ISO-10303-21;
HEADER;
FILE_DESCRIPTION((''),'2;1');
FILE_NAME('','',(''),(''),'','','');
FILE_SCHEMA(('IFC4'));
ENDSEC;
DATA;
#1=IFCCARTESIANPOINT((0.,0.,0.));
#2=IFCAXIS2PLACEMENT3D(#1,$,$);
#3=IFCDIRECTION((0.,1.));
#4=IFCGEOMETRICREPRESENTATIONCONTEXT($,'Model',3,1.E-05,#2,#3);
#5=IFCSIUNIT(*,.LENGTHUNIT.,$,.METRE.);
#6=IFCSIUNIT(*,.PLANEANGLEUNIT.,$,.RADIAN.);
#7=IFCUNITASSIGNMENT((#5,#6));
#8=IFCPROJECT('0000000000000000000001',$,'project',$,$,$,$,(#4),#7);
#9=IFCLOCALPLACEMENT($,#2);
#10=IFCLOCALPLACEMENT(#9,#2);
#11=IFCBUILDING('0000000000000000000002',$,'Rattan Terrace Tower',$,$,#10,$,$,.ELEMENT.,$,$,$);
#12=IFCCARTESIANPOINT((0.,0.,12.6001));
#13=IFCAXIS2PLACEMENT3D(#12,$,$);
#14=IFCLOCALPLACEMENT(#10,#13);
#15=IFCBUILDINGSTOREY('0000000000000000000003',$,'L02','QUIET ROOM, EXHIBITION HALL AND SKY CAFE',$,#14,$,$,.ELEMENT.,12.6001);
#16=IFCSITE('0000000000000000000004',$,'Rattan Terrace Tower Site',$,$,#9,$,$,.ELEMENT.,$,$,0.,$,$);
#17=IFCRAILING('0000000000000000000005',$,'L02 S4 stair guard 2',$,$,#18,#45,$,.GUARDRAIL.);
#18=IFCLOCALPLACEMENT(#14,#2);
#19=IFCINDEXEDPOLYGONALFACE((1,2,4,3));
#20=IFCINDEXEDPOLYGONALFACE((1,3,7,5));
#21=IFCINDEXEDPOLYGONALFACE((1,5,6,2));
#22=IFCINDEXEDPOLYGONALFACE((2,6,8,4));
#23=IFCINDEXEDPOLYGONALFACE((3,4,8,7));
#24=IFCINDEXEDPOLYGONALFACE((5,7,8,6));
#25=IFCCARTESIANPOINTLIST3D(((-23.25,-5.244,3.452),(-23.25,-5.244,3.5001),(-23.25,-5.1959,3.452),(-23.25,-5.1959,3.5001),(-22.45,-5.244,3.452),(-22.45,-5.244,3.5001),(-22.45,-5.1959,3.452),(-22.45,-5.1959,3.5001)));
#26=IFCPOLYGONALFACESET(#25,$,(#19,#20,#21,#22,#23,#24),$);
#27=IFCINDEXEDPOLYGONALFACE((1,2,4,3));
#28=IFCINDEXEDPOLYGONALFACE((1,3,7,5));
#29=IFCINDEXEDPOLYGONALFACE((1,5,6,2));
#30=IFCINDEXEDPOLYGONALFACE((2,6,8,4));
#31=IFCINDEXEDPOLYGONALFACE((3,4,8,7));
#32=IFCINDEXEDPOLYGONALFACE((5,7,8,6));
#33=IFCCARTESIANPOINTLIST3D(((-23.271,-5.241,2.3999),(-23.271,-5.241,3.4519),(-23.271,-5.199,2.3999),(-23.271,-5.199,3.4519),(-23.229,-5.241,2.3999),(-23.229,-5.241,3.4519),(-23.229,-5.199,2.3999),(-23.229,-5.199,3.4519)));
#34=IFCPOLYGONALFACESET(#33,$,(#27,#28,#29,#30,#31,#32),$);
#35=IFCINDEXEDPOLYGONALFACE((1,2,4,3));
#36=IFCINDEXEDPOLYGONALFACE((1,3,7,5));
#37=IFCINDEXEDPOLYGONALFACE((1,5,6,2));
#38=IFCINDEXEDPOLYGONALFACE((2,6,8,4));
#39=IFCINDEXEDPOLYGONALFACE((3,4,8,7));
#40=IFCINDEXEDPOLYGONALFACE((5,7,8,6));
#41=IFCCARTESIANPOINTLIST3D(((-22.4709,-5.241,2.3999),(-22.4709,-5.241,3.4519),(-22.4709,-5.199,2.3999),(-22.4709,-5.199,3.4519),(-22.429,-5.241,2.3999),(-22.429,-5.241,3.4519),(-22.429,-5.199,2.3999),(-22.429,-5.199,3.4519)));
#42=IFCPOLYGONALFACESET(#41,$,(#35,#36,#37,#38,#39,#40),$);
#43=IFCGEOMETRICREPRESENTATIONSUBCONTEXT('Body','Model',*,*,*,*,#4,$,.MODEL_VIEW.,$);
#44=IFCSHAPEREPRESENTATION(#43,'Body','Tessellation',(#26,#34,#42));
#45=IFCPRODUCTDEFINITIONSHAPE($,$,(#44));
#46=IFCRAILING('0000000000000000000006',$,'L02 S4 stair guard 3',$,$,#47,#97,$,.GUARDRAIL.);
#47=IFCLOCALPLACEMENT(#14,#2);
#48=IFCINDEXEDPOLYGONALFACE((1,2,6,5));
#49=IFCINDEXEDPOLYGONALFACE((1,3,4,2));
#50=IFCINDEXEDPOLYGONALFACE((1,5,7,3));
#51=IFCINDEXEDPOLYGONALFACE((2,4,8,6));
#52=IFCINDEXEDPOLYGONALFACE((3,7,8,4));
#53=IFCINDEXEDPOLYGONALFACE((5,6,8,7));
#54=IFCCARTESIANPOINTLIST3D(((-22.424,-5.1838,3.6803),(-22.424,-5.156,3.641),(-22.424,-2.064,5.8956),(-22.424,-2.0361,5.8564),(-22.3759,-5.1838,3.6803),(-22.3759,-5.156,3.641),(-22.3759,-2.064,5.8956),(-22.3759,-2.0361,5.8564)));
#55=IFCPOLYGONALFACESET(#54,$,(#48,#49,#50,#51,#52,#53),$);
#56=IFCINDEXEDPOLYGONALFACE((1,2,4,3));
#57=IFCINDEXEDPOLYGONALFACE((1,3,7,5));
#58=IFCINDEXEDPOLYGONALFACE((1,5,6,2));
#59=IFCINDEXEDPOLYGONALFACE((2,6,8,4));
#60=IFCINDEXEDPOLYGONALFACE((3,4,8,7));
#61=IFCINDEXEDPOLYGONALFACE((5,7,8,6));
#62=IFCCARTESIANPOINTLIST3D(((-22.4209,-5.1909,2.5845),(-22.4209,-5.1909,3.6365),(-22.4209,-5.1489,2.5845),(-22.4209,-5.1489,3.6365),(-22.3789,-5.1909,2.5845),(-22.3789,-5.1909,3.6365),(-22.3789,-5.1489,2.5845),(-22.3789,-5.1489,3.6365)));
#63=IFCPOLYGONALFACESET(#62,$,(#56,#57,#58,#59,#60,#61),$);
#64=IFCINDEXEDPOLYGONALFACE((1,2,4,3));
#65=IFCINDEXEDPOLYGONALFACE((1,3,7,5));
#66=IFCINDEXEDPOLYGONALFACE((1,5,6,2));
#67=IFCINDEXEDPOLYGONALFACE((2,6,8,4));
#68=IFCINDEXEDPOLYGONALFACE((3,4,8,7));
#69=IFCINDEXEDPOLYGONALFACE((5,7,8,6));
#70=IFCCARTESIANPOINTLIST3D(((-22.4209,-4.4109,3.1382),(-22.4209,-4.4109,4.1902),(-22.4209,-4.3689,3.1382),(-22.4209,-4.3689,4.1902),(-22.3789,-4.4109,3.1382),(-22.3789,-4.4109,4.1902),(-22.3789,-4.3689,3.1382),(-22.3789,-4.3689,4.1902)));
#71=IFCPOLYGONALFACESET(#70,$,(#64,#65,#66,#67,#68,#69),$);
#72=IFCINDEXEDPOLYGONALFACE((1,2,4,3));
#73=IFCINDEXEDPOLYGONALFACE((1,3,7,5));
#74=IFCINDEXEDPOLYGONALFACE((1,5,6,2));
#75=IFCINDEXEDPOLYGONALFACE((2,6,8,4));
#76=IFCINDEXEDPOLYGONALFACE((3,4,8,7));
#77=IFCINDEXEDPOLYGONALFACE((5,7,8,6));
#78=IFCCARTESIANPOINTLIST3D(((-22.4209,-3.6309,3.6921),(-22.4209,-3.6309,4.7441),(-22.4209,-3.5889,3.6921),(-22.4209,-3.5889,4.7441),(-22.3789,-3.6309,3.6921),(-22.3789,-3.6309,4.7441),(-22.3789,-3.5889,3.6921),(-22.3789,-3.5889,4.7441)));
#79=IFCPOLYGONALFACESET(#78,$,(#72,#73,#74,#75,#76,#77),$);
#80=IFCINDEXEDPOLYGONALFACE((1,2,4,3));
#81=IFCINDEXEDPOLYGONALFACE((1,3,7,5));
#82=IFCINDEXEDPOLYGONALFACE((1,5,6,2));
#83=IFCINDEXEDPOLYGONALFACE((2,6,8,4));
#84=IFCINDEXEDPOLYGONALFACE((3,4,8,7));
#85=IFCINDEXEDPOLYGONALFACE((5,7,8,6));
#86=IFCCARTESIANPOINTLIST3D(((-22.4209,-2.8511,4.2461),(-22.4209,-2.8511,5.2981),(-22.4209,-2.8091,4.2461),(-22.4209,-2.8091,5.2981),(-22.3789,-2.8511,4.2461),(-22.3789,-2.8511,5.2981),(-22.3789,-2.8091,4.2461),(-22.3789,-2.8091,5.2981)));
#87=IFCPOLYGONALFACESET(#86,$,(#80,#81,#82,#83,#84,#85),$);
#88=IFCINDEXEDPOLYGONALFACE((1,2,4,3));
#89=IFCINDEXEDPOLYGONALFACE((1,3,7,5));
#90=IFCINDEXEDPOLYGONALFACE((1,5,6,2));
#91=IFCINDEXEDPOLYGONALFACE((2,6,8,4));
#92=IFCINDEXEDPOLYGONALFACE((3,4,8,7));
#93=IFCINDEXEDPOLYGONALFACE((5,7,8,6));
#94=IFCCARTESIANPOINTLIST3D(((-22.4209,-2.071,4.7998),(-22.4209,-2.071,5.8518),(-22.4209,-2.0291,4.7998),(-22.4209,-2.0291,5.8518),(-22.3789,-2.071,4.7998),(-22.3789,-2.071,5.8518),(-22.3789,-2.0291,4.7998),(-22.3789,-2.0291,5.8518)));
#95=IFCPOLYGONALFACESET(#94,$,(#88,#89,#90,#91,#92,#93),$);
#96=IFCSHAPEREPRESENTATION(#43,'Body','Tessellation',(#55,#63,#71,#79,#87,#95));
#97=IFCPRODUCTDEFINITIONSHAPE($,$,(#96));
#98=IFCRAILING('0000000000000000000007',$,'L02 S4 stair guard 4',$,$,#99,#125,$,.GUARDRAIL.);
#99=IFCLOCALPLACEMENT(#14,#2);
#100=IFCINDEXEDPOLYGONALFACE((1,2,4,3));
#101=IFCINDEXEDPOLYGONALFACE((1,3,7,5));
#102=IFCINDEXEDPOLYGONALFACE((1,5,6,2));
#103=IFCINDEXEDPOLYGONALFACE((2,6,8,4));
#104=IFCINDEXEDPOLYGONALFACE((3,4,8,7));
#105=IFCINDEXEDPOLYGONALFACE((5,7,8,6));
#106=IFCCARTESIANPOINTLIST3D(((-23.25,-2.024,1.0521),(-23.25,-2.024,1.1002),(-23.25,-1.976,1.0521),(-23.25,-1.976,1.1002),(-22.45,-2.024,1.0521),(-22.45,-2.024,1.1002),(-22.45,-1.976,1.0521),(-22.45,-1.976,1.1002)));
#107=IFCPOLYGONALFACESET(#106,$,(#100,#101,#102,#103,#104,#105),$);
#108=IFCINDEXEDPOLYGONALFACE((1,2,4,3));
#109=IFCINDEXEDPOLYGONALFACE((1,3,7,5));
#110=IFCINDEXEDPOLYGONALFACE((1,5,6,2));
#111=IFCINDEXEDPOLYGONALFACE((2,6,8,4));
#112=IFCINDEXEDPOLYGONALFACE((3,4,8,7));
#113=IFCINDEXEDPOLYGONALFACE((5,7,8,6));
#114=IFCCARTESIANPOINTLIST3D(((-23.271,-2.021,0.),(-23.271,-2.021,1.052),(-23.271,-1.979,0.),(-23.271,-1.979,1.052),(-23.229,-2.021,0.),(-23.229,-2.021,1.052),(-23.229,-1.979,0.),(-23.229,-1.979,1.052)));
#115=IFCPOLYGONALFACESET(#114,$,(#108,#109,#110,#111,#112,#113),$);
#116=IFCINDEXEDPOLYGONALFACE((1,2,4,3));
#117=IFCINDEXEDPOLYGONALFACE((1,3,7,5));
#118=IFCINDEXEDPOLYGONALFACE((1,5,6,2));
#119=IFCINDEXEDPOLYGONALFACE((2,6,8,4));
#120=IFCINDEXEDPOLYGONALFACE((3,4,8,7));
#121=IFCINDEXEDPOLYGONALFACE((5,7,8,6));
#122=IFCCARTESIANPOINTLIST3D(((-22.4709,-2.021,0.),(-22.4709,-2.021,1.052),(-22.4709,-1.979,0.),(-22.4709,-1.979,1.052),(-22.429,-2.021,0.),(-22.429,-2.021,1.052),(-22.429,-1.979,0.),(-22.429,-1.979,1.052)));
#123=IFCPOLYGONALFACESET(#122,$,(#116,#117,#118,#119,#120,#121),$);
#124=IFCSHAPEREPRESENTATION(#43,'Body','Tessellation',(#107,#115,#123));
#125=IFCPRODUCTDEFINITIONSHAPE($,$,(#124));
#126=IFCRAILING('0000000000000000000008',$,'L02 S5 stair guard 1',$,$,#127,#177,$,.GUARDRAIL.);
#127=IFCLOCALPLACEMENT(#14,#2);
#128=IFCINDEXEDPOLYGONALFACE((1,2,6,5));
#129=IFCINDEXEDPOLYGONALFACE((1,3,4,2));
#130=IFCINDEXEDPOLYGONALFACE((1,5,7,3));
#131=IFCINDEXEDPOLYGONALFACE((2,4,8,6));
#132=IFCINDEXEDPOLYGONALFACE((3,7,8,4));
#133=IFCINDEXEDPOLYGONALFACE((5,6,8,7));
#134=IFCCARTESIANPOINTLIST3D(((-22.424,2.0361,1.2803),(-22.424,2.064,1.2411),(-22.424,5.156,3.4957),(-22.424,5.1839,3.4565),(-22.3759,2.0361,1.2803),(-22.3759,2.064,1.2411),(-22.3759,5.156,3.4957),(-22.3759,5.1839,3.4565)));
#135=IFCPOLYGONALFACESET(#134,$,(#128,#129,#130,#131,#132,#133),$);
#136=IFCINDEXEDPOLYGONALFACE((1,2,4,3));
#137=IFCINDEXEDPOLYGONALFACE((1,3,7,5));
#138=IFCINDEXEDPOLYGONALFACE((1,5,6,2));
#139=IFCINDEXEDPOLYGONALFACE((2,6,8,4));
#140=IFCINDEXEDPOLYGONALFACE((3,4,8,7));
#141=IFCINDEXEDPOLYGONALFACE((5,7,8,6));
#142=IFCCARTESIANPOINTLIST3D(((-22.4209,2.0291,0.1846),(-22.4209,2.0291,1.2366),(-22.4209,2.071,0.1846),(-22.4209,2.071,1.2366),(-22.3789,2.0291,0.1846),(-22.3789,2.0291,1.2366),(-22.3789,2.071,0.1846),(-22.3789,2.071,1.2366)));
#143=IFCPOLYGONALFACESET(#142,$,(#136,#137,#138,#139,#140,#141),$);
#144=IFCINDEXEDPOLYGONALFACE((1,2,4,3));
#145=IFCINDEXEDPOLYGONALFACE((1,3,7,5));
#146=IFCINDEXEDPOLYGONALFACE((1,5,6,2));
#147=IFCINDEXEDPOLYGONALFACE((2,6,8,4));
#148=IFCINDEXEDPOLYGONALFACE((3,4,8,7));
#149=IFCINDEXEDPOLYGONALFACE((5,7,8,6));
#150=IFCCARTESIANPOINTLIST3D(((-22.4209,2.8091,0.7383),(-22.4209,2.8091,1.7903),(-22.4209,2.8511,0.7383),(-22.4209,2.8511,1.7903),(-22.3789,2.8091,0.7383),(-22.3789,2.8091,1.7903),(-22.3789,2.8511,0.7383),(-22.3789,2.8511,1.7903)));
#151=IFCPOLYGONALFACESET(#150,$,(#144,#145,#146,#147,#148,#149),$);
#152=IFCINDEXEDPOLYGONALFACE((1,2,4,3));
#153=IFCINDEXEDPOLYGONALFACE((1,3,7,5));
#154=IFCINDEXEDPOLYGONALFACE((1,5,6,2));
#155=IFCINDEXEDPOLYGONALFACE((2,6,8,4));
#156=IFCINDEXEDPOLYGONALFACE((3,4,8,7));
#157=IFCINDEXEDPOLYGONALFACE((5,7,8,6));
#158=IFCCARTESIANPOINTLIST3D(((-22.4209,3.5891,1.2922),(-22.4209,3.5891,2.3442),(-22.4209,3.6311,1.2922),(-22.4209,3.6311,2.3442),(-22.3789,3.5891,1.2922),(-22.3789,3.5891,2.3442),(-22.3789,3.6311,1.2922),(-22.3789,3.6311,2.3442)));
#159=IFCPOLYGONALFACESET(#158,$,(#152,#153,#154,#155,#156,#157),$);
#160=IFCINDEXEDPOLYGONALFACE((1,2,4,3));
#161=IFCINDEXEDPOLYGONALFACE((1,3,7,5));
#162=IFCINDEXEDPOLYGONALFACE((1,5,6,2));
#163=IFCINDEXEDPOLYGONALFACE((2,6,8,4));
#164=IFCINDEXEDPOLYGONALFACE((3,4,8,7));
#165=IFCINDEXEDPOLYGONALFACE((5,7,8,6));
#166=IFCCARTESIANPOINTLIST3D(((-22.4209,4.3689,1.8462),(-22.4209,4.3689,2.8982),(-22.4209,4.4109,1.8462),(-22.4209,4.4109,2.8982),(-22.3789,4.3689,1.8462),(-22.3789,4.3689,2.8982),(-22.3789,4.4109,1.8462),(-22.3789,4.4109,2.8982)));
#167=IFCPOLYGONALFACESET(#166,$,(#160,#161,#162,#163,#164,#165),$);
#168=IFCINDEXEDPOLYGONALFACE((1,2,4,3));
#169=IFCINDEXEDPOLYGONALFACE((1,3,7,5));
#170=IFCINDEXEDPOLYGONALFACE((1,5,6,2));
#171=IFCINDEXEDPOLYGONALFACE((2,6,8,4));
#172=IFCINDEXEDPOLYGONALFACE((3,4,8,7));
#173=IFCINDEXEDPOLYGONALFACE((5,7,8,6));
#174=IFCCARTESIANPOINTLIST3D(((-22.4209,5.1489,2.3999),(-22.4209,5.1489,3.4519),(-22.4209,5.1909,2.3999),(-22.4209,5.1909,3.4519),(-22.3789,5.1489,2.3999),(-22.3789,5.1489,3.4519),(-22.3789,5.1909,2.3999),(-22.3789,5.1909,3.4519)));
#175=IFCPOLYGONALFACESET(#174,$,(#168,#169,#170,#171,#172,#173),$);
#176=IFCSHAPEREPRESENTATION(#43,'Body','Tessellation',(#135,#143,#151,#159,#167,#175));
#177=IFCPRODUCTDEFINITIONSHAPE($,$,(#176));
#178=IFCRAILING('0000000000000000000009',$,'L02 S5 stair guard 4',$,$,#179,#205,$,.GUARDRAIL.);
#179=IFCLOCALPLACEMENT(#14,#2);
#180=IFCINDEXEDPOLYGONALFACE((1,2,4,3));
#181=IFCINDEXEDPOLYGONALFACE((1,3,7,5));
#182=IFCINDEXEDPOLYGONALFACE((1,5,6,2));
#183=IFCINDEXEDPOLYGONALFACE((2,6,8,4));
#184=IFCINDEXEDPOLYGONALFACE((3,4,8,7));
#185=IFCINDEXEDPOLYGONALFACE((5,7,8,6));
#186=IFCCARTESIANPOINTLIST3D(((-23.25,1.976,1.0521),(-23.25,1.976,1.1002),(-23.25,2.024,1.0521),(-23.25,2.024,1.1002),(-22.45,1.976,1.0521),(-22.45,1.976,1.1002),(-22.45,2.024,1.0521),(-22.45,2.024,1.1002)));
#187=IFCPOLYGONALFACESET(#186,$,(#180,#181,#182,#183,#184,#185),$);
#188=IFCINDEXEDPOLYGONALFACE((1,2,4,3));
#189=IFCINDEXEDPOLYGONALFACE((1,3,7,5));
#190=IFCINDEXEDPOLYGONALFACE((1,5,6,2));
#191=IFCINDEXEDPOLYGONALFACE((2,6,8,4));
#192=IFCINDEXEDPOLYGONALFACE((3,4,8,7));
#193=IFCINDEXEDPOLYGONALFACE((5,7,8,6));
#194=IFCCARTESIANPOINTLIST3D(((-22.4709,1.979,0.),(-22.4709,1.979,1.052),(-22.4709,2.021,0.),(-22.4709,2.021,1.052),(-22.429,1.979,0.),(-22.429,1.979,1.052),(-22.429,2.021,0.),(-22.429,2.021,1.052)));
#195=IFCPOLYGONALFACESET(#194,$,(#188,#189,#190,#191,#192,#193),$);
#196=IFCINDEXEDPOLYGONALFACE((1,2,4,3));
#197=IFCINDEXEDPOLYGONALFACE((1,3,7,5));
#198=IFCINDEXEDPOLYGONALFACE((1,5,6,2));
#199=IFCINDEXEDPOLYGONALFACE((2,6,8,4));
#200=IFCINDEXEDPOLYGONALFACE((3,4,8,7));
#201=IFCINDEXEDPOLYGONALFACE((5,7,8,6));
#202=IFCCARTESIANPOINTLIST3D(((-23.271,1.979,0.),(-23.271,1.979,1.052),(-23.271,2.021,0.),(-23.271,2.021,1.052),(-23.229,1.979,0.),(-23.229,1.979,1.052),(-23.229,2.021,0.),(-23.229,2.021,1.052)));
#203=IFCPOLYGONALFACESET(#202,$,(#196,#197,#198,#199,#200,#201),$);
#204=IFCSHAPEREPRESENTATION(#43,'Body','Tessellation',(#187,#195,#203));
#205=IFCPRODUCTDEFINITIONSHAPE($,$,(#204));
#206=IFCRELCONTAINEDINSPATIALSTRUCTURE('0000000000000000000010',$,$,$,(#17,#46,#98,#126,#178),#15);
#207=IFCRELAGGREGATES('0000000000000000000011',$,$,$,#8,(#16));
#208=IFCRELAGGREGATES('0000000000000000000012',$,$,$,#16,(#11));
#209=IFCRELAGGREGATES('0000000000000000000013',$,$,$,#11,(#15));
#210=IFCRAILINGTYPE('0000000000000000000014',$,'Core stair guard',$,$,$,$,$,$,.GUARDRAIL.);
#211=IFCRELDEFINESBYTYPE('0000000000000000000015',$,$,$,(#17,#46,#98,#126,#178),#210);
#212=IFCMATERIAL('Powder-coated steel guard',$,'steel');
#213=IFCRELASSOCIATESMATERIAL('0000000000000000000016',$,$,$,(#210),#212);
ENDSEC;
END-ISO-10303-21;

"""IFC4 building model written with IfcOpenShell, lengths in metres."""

from ifc_helpers import new_model, si_unit, direction, frame, origin, origin_2d, place, context, subcontext, project, spatial, rectangle, extrude, material, type_object, element, save


model = new_model("IFC4")

# Units and contexts
model_context = context("Model", 3, precision=1e-05, world=origin(), true_north=direction((0.0, 1.0)))
body_context = subcontext(model_context, "Body", "Model", "MODEL_VIEW")
ifc_project = project(units=[si_unit("LENGTHUNIT", "METRE"), si_unit("PLANEANGLEUNIT", "RADIAN")], contexts=[model_context])

# Site, building, storey
site_placement = place(None, origin())
site = spatial("IfcSite", under=ifc_project, at=site_placement, Name="Rattan Terrace Tower Site", CompositionType="ELEMENT", RefElevation=0.0)
building_placement = place(site_placement, origin())
building = spatial("IfcBuilding", under=site, at=building_placement, Name="Rattan Terrace Tower", CompositionType="ELEMENT")
storey_placement = place(building_placement, frame((0.0, 0.0, 12.6001)))
storey = spatial("IfcBuildingStorey", under=building, at=storey_placement, Name="L02", Description="QUIET ROOM, EXHIBITION HALL AND SKY CAFE", CompositionType="ELEMENT", Elevation=12.6001)

# Railings
ifc_material_1 = material(Name="Powder-coated steel guard", Category="steel")
railing_type_1 = type_object("IfcRailingType", Name="Core stair guard", PredefinedType="GUARDRAIL", material=ifc_material_1)
railing_1_placement = place(storey_placement, frame((-23.25, -5.22, 2.3999)))
element("IfcRailing", 1, at=railing_1_placement, inside=storey, type_object=railing_type_1, Name="L02 S4 stair guard 2", PredefinedType="GUARDRAIL", context=body_context, shape_type="SweptSolid", body=[
    extrude(rectangle(XDim=0.0481, YDim=0.0481, at=origin_2d()), frame((0.0, 0.0, 1.0762), z_axis=(1.0, 0.0, 0.0), x_axis=(0.0, 1.0, 0.0)), (0.0, 0.0, 1.0), 0.8),
    extrude(rectangle(XDim=0.042, YDim=0.042, at=origin_2d()), origin(), (0.0, 0.0, 1.0), 1.052),
    extrude(rectangle(XDim=0.042, YDim=0.042, at=origin_2d()), frame((0.8, 0.0, 0.0)), (0.0, 0.0, 1.0), 1.052),
])
railing_2_placement = place(storey_placement, frame((-22.3999, -5.1699, 2.5845)))
element("IfcRailing", 2, at=railing_2_placement, inside=storey, type_object=railing_type_1, Name="L02 S4 stair guard 3", PredefinedType="GUARDRAIL", context=body_context, shape_type="SweptSolid", body=[
    extrude(rectangle(XDim=0.0481, YDim=0.0481, at=origin_2d()), frame((0.0, 0.0, 1.0762), z_axis=(0.0, 0.815356, 0.578961), x_axis=(-1.0, 0.0, 0.0)), (0.0, 0.0, 1.0), 3.8264),
    extrude(rectangle(XDim=0.042, YDim=0.042, at=origin_2d()), origin(), (0.0, 0.0, 1.0), 1.052),
    extrude(rectangle(XDim=0.042, YDim=0.042, at=origin_2d()), frame((0.0, 0.78, 0.5537)), (0.0, 0.0, 1.0), 1.052),
    extrude(rectangle(XDim=0.042, YDim=0.042, at=origin_2d()), frame((0.0, 1.5601, 1.1077)), (0.0, 0.0, 1.0), 1.052),
    extrude(rectangle(XDim=0.042, YDim=0.042, at=origin_2d()), frame((0.0, 2.3398, 1.6616)), (0.0, 0.0, 1.0), 1.052),
    extrude(rectangle(XDim=0.042, YDim=0.042, at=origin_2d()), frame((0.0, 3.1199, 2.2153)), (0.0, 0.0, 1.0), 1.052),
])
railing_3_placement = place(storey_placement, frame((-23.25, -2.0, 0.0)))
element("IfcRailing", 3, at=railing_3_placement, inside=storey, type_object=railing_type_1, Name="L02 S4 stair guard 4", PredefinedType="GUARDRAIL", context=body_context, shape_type="SweptSolid", body=[
    extrude(rectangle(XDim=0.0481, YDim=0.0481, at=origin_2d()), frame((0.0, 0.0, 1.0762), z_axis=(1.0, 0.0, 0.0), x_axis=(0.0, 1.0, 0.0)), (0.0, 0.0, 1.0), 0.8),
    extrude(rectangle(XDim=0.042, YDim=0.042, at=origin_2d()), origin(), (0.0, 0.0, 1.0), 1.052),
    extrude(rectangle(XDim=0.042, YDim=0.042, at=origin_2d()), frame((0.8, 0.0, 0.0)), (0.0, 0.0, 1.0), 1.052),
])
railing_4_placement = place(storey_placement, frame((-22.3999, 2.05, 0.1846)))
element("IfcRailing", 4, at=railing_4_placement, inside=storey, type_object=railing_type_1, Name="L02 S5 stair guard 1", PredefinedType="GUARDRAIL", context=body_context, shape_type="SweptSolid", body=[
    extrude(rectangle(XDim=0.0481, YDim=0.0481, at=origin_2d()), frame((0.0, 0.0, 1.0762), z_axis=(0.0, 0.815356, 0.578961), x_axis=(-1.0, 0.0, 0.0)), (0.0, 0.0, 1.0), 3.8264),
    extrude(rectangle(XDim=0.042, YDim=0.042, at=origin_2d()), origin(), (0.0, 0.0, 1.0), 1.052),
    extrude(rectangle(XDim=0.042, YDim=0.042, at=origin_2d()), frame((0.0, 0.78, 0.5537)), (0.0, 0.0, 1.0), 1.052),
    extrude(rectangle(XDim=0.042, YDim=0.042, at=origin_2d()), frame((0.0, 1.5601, 1.1077)), (0.0, 0.0, 1.0), 1.052),
    extrude(rectangle(XDim=0.042, YDim=0.042, at=origin_2d()), frame((0.0, 2.3398, 1.6616)), (0.0, 0.0, 1.0), 1.052),
    extrude(rectangle(XDim=0.042, YDim=0.042, at=origin_2d()), frame((0.0, 3.1199, 2.2153)), (0.0, 0.0, 1.0), 1.052),
])
railing_5_placement = place(storey_placement, frame((-22.45, 2.0, 0.0)))
element("IfcRailing", 5, at=railing_5_placement, inside=storey, type_object=railing_type_1, Name="L02 S5 stair guard 4", PredefinedType="GUARDRAIL", context=body_context, shape_type="SweptSolid", body=[
    extrude(rectangle(XDim=0.0481, YDim=0.0481, at=origin_2d()), frame((0.0, 0.0, 1.0762), z_axis=(-1.0, 0.0, 0.0), x_axis=(0.0, -1.0, 0.0)), (0.0, 0.0, 1.0), 0.8),
    extrude(rectangle(XDim=0.042, YDim=0.042, at=origin_2d()), origin(), (0.0, 0.0, 1.0), 1.052),
    extrude(rectangle(XDim=0.042, YDim=0.042, at=origin_2d()), frame((-0.8, 0.0, 0.0)), (0.0, 0.0, 1.0), 1.052),
])

save(model, "model.ifc")
